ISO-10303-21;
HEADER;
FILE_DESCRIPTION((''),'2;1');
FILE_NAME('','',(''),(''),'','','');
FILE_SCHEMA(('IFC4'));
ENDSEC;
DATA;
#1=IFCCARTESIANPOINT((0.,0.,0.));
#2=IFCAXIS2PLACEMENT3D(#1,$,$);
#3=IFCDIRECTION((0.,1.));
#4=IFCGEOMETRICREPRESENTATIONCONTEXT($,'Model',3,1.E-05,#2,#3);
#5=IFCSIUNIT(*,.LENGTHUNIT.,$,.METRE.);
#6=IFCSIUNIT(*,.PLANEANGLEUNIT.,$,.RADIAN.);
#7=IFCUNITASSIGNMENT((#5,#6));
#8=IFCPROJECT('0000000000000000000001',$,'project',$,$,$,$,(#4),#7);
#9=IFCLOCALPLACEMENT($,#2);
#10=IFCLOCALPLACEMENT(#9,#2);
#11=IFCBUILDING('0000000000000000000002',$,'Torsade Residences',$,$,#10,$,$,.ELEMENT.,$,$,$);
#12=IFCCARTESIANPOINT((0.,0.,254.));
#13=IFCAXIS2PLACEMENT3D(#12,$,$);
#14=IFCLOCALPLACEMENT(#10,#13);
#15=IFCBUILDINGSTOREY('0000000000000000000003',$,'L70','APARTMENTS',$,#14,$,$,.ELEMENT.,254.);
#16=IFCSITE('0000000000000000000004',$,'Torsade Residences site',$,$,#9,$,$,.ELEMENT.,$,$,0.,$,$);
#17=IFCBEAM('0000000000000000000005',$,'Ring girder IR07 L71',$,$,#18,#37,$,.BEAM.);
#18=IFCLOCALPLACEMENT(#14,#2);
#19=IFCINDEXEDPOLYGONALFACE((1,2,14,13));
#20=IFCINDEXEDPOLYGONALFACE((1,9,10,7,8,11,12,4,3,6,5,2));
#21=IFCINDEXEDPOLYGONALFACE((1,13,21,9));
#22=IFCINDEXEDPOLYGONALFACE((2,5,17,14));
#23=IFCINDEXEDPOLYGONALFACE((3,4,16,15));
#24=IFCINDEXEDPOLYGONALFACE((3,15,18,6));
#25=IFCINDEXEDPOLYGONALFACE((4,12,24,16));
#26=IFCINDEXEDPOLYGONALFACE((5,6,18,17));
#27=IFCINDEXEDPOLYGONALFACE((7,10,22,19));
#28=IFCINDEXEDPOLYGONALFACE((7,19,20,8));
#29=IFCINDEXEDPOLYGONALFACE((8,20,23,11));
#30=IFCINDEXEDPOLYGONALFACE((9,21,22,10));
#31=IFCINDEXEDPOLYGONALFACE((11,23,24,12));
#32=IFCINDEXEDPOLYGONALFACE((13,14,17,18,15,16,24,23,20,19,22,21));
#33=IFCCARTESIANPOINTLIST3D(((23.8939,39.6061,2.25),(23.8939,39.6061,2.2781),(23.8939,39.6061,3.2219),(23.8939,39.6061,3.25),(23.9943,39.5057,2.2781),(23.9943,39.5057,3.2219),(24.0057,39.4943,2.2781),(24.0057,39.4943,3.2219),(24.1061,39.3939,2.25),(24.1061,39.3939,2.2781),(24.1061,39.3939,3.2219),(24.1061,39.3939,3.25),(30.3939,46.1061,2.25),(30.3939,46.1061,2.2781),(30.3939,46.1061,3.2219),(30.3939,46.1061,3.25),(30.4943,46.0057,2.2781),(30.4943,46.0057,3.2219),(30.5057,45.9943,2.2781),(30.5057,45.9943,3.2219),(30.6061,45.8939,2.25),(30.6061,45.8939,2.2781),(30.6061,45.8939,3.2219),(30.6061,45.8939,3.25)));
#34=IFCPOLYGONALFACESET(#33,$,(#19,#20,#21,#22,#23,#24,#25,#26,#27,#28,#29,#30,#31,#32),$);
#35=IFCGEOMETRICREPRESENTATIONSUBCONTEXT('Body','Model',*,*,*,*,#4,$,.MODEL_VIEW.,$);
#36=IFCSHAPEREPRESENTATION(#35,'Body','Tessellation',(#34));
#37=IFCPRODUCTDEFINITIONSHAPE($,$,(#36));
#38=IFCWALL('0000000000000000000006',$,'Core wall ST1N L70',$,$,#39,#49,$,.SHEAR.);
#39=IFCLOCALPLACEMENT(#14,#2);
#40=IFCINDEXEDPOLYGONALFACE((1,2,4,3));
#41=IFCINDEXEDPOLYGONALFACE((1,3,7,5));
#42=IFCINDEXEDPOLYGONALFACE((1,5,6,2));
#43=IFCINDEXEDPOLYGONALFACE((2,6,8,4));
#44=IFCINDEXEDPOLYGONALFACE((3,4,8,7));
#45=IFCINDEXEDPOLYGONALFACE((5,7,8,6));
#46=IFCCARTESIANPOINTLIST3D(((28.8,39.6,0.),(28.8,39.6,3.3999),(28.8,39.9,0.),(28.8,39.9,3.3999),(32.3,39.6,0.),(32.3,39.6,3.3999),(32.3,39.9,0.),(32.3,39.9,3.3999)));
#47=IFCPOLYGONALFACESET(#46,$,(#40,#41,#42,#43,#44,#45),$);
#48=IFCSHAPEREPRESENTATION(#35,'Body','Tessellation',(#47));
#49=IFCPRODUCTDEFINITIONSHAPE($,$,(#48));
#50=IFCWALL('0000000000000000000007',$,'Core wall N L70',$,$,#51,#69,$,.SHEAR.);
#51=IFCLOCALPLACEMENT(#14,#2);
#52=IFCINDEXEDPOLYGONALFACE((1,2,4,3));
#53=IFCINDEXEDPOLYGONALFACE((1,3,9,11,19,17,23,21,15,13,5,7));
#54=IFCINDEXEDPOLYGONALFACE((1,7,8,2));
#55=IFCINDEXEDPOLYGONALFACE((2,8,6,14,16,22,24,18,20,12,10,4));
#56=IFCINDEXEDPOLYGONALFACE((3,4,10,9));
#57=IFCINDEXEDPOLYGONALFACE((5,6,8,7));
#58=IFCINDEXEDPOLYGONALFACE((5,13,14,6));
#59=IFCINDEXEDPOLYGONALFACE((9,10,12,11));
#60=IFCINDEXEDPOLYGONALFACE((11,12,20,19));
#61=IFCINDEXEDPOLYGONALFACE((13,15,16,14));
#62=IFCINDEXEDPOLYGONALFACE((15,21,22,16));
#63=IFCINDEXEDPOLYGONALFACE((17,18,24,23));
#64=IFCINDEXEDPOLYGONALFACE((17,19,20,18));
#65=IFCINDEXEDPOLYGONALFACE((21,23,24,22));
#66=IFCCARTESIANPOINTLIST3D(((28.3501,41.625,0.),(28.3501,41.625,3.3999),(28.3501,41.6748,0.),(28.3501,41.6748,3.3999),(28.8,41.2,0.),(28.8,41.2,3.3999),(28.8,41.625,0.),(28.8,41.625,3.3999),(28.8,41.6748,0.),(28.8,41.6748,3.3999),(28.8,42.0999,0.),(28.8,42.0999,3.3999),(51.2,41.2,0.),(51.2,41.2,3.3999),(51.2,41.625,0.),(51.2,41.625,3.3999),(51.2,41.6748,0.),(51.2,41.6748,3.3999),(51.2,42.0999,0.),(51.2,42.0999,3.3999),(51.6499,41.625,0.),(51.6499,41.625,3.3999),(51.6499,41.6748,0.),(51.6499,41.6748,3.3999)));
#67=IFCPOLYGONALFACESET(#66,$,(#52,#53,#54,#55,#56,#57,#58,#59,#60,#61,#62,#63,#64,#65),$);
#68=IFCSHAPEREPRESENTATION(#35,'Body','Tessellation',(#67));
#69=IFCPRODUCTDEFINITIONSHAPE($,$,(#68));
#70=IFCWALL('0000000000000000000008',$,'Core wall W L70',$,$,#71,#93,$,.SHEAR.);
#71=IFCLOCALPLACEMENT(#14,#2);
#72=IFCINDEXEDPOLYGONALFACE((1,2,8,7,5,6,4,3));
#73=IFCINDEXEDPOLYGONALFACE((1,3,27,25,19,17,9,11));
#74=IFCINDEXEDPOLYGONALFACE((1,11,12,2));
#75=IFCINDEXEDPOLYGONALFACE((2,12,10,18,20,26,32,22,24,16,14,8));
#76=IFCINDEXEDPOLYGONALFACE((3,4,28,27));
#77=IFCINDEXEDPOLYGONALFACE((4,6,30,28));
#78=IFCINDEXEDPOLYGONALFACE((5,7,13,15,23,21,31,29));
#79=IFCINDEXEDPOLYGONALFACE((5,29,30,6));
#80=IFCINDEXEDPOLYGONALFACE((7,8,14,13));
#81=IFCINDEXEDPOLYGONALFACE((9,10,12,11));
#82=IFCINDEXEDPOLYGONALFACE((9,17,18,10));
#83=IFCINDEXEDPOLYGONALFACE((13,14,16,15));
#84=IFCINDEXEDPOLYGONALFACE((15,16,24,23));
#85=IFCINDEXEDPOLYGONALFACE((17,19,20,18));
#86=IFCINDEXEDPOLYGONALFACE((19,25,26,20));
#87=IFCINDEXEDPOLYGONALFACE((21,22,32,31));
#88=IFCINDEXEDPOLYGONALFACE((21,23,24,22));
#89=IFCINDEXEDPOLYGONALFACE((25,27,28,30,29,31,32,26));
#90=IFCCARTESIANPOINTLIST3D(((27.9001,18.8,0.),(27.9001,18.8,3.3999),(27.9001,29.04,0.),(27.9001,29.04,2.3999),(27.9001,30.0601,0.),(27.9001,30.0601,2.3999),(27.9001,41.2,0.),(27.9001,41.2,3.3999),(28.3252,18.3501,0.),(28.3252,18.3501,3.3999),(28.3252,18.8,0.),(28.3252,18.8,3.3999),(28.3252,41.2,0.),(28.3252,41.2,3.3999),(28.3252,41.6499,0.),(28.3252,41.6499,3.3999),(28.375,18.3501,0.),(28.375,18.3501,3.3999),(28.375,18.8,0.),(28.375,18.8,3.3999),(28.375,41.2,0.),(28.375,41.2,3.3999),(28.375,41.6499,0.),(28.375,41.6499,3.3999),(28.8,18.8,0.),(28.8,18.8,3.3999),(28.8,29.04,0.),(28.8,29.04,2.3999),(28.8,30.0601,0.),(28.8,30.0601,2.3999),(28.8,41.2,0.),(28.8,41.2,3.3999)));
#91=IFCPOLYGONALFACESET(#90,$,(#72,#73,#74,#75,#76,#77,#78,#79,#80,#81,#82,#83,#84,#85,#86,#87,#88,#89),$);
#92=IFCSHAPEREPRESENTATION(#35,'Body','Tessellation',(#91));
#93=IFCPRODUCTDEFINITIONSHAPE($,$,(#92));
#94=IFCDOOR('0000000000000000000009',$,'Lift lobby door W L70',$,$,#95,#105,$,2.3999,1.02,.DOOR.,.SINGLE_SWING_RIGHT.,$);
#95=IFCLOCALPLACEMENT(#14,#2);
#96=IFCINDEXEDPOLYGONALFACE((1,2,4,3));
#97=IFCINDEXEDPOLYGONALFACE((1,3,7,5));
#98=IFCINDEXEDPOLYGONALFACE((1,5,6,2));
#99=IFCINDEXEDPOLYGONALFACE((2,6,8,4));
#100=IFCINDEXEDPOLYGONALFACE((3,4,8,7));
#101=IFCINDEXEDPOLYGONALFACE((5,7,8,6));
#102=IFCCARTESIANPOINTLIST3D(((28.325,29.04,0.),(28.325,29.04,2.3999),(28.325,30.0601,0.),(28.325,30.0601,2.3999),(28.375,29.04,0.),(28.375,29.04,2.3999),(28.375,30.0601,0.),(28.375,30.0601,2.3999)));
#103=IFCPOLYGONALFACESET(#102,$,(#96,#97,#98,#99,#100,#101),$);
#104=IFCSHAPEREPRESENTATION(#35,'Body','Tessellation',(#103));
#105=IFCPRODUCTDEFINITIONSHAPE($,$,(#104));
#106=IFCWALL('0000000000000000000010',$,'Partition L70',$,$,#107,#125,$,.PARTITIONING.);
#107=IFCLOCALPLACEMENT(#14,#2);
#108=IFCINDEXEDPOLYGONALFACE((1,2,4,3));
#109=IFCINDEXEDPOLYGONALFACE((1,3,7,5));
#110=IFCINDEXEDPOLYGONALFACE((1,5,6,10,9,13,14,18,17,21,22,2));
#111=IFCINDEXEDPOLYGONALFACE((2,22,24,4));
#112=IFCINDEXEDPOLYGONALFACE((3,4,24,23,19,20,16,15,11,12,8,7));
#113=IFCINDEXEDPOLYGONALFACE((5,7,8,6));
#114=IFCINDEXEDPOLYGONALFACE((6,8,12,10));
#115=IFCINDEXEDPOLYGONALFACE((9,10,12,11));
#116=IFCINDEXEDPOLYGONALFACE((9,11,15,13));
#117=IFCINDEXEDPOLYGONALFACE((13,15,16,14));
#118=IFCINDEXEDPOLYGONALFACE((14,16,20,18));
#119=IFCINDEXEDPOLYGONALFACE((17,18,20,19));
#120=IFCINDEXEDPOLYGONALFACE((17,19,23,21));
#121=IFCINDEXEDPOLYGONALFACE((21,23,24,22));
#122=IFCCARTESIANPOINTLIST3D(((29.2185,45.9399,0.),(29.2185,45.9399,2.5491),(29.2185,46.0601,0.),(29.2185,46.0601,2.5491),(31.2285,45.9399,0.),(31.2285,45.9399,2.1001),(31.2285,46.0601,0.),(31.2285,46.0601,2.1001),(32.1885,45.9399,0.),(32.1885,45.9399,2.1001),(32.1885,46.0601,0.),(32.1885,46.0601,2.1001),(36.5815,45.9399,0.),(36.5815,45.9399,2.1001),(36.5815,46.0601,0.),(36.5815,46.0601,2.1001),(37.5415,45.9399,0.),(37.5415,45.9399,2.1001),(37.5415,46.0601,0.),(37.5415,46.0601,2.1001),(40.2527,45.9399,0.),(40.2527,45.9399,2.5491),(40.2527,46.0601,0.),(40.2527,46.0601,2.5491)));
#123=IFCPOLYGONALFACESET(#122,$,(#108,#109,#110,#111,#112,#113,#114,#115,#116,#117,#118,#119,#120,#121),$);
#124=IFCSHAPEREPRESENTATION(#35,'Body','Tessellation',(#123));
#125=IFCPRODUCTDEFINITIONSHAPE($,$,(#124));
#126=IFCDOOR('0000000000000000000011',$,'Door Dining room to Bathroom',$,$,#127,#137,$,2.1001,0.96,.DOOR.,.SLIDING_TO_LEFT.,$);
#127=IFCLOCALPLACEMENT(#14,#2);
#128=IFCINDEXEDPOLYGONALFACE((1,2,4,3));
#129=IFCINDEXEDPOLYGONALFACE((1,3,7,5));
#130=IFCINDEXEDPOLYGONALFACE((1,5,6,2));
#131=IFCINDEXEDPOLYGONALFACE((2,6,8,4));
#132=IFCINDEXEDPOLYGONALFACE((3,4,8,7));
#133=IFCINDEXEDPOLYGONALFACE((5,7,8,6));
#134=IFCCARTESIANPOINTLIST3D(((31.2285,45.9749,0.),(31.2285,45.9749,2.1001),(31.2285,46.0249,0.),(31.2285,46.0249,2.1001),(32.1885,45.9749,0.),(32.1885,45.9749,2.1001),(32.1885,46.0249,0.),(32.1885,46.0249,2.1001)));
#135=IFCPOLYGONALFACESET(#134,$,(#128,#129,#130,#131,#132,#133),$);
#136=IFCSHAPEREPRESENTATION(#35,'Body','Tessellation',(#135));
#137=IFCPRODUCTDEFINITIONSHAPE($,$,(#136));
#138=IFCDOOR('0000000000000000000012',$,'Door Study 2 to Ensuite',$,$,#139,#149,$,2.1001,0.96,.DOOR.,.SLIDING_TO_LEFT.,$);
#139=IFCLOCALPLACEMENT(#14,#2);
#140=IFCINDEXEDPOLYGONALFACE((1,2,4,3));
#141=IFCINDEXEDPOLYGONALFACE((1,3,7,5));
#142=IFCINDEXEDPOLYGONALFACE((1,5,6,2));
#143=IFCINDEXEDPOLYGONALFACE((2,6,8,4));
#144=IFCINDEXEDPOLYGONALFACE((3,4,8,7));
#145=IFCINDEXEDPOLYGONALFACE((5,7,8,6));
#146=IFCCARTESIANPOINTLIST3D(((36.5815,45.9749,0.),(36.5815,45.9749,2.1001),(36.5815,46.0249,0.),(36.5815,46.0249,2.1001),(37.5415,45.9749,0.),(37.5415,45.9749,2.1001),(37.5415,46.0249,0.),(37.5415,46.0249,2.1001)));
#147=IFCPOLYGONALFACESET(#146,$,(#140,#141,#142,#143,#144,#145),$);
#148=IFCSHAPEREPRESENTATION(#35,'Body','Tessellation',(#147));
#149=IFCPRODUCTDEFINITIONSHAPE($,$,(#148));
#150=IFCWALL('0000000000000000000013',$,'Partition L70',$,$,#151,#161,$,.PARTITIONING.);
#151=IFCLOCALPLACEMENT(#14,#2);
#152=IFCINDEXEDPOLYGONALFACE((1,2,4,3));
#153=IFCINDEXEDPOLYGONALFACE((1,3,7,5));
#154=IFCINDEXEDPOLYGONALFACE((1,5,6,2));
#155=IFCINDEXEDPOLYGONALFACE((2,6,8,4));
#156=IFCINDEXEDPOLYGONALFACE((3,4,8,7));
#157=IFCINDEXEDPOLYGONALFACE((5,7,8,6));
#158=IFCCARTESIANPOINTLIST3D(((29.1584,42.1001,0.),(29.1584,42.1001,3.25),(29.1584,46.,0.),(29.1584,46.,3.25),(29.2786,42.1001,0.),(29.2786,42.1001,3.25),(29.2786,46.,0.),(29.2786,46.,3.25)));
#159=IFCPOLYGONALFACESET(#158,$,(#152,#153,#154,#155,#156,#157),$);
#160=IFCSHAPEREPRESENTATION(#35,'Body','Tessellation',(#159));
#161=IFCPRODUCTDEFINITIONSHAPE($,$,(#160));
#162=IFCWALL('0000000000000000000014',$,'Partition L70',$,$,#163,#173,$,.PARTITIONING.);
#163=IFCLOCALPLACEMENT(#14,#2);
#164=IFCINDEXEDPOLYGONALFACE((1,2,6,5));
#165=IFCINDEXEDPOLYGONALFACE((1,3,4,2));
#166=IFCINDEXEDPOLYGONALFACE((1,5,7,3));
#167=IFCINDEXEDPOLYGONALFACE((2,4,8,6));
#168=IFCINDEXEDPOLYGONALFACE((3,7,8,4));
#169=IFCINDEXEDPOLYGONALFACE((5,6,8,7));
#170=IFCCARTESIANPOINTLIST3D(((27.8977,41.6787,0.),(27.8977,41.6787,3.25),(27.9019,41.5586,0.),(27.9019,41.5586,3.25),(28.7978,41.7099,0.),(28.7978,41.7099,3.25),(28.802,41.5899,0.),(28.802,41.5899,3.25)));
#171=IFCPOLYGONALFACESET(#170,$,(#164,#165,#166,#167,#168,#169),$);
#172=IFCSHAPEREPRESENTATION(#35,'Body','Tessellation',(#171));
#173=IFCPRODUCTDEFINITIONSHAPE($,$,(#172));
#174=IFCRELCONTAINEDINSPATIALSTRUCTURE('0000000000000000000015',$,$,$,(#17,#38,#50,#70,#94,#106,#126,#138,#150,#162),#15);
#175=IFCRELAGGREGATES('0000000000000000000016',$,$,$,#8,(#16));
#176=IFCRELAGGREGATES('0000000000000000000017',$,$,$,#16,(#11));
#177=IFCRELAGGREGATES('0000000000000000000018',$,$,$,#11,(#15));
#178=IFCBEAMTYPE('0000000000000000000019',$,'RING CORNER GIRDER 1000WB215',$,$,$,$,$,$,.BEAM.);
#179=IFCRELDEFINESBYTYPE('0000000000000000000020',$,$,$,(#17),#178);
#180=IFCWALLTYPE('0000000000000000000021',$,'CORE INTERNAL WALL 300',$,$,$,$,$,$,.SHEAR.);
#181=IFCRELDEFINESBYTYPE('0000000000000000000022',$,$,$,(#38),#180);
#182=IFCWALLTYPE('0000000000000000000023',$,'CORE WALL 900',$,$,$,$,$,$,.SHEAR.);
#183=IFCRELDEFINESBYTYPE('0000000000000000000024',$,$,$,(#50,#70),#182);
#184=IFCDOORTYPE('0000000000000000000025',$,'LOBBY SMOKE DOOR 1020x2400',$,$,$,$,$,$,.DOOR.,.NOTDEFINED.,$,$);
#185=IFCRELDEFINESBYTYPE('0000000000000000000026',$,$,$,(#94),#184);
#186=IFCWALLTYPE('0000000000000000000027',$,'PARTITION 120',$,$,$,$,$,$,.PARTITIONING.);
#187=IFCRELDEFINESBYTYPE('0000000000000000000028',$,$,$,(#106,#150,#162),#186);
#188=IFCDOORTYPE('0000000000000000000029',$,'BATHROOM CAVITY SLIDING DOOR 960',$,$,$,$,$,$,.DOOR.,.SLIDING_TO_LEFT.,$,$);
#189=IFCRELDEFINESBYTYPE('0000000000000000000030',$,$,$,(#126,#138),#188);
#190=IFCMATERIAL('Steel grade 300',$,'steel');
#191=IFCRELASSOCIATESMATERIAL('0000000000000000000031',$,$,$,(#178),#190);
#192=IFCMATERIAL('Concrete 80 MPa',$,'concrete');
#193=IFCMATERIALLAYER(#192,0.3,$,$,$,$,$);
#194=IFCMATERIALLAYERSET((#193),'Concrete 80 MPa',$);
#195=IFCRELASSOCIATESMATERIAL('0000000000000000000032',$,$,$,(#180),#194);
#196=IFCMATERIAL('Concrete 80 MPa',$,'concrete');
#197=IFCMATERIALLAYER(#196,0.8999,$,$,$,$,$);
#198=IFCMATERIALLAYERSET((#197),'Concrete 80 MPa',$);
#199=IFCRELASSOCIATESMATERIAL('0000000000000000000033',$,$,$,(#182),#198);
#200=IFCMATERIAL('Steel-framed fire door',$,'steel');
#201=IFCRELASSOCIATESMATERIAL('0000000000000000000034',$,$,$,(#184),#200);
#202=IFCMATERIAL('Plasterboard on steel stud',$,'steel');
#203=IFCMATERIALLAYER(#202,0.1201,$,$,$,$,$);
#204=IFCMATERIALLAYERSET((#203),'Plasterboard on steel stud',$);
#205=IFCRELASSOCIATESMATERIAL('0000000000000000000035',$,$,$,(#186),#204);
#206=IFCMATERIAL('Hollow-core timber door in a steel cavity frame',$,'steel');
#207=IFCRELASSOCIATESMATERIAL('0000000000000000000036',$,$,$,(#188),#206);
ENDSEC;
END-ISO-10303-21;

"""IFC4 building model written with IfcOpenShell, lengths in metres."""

from ifc_helpers import new_model, si_unit, direction, frame, frame_2d, origin, origin_2d, place, context, subcontext, project, spatial, polyline, rectangle, i_section, outline, extrude, material, layer, layer_set, material_profile, profile_set, type_object, element, fill, save


model = new_model("IFC4")

# Units and contexts
model_context = context("Model", 3, precision=1e-05, world=origin(), true_north=direction((0.0, 1.0)))
body_context = subcontext(model_context, "Body", "Model", "MODEL_VIEW")
ifc_project = project(units=[si_unit("LENGTHUNIT", "METRE"), si_unit("PLANEANGLEUNIT", "RADIAN")], contexts=[model_context])

# Site, building, storey
site_placement = place(None, origin())
site = spatial("IfcSite", under=ifc_project, at=site_placement, Name="Torsade Residences site", CompositionType="ELEMENT", RefElevation=0.0)
building_placement = place(site_placement, origin())
building = spatial("IfcBuilding", under=site, at=building_placement, Name="Torsade Residences", CompositionType="ELEMENT")
storey_placement = place(building_placement, frame((0.0, 0.0, 254.0)))
storey = spatial("IfcBuildingStorey", under=building, at=storey_placement, Name="L70", Description="APARTMENTS", CompositionType="ELEMENT", Elevation=254.0)

# Beam
ifc_material_1 = material(Name="Steel grade 300", Category="steel")
ifc_material_profile_1 = material_profile(ifc_material_1, i_section(OverallWidth=0.3, OverallDepth=1.0, WebThickness=0.0161, FlangeThickness=0.0281, at=origin_2d()), Name="1000WB215")
ifc_profile_set_1 = profile_set([ifc_material_profile_1], Name="Steel grade 300")
beam_type_1 = type_object("IfcBeamType", Name="RING CORNER GIRDER 1000WB215", PredefinedType="BEAM", material=ifc_profile_set_1)
beam_1_placement = place(storey_placement, frame((30.5, 46.0, 2.75), z_axis=(-0.707107, -0.707107, 0.0), x_axis=(0.707107, -0.707107, 0.0)))
element("IfcBeam", 1, at=beam_1_placement, inside=storey, type_object=beam_type_1, Name="Ring girder IR07 L71", PredefinedType="BEAM", context=body_context, shape_type="SweptSolid", body=[
    extrude(i_section(OverallWidth=0.3, OverallDepth=1.0, WebThickness=0.0161, FlangeThickness=0.0281, at=origin_2d()), origin(), (0.0, 0.0, 1.0), 9.1924),
])

# Walls
ifc_material_2 = material(Name="Concrete 80 MPa", Category="concrete")
ifc_layer_1 = layer(ifc_material_2, 0.3)
ifc_layer_set_1 = layer_set([ifc_layer_1], Name="Concrete 80 MPa")
wall_type_1 = type_object("IfcWallType", Name="CORE INTERNAL WALL 300", PredefinedType="SHEAR", material=ifc_layer_set_1)
wall_1_placement = place(storey_placement, frame((28.8, 39.75, 0.0), z_axis=(0.0, 0.0, 1.0), x_axis=(1.0, 0.0, 0.0)))
element("IfcWall", 2, at=wall_1_placement, inside=storey, type_object=wall_type_1, Name="Core wall ST1N L70", PredefinedType="SHEAR", context=body_context, shape_type="SweptSolid", body=[
    extrude(rectangle(XDim=3.5, YDim=0.3, at=frame_2d((1.75, 0.0))), origin(), (0.0, 0.0, 1.0), 3.3999),
])
ifc_material_3 = material(Name="Concrete 80 MPa", Category="concrete")
ifc_layer_2 = layer(ifc_material_3, 0.8999)
ifc_layer_set_2 = layer_set([ifc_layer_2], Name="Concrete 80 MPa")
wall_type_2 = type_object("IfcWallType", Name="CORE WALL 900", PredefinedType="SHEAR", material=ifc_layer_set_2)
wall_2_placement = place(storey_placement, frame((28.8, 41.6499, 0.0), z_axis=(0.0, 0.0, 1.0), x_axis=(1.0, 0.0, 0.0)))
element("IfcWall", 3, at=wall_2_placement, inside=storey, type_object=wall_type_2, Name="Core wall N L70", PredefinedType="SHEAR", context=body_context, shape_type="SweptSolid", body=[
    extrude(outline(polyline([(0.0, -0.45), (22.3999, -0.45), (22.3999, -0.0249), (22.8499, -0.0249), (22.8499, 0.0249), (22.3999, 0.0249), (22.3999, 0.45), (0.0, 0.45), (0.0, 0.0249), (-0.45, 0.0249), (-0.45, -0.0249), (0.0, -0.0249), (0.0, -0.45)])), origin(), (0.0, 0.0, 1.0), 3.3999),
])

# Wall, opening, door
wall_3_placement = place(storey_placement, frame((28.3501, 41.2, 0.0), z_axis=(0.0, 0.0, 1.0), x_axis=(0.0, -1.0, 0.0)))
wall_3 = element("IfcWall", 4, at=wall_3_placement, inside=storey, type_object=wall_type_2, Name="Core wall W L70", PredefinedType="SHEAR", context=body_context, shape_type="SweptSolid", body=[
    extrude(outline(polyline([(0.0, -0.45), (22.3999, -0.45), (22.3999, -0.0249), (22.8499, -0.0249), (22.8499, 0.0249), (22.3999, 0.0249), (22.3999, 0.45), (0.0, 0.45), (0.0, 0.0249), (-0.45, 0.0249), (-0.45, -0.0249), (0.0, -0.0249), (0.0, -0.45)])), origin(), (0.0, 0.0, 1.0), 3.3999),
])
opening_1_placement = place(wall_3_placement, frame((11.1399, 0.0, 0.0)))
opening_1 = element("IfcOpeningElement", 5, at=opening_1_placement, cuts=wall_3, PredefinedType="OPENING", context=body_context, shape_type="SweptSolid", body=[
    extrude(rectangle(XDim=1.02, YDim=2.3999, at=frame_2d((0.51, 1.2))), frame((0.0, 0.46, 0.0), z_axis=(0.0, -1.0, 0.0), x_axis=(1.0, 0.0, 0.0)), (0.0, 0.0, 1.0), 0.9199),
])
ifc_material_4 = material(Name="Steel-framed fire door", Category="steel")
door_type_1 = type_object("IfcDoorType", Name="LOBBY SMOKE DOOR 1020x2400", OperationType="NOTDEFINED", PredefinedType="DOOR", material=ifc_material_4)
door_1_placement = place(opening_1_placement, origin())
door_1 = element("IfcDoor", 6, at=door_1_placement, inside=storey, type_object=door_type_1, Name="Lift lobby door W L70", OperationType="SINGLE_SWING_RIGHT", OverallHeight=2.3999, OverallWidth=1.02, PredefinedType="DOOR", context=body_context, shape_type="SweptSolid", body=[
    extrude(rectangle(XDim=1.02, YDim=2.3999, at=frame_2d((0.51, 1.2))), frame((0.0, 0.0249, 0.0), z_axis=(0.0, -1.0, 0.0), x_axis=(1.0, 0.0, 0.0)), (0.0, 0.0, 1.0), 0.05),
])
fill(opening_1, door_1)

# Wall, openings, doors
ifc_material_5 = material(Name="Plasterboard on steel stud", Category="steel")
ifc_layer_3 = layer(ifc_material_5, 0.1201)
ifc_layer_set_3 = layer_set([ifc_layer_3], Name="Plasterboard on steel stud")
wall_type_3 = type_object("IfcWallType", Name="PARTITION 120", PredefinedType="PARTITIONING", material=ifc_layer_set_3)
wall_4_placement = place(storey_placement, frame((29.2185, 46.0, 0.0), z_axis=(0.0, 0.0, 1.0), x_axis=(1.0, 0.0, 0.0)))
wall_4 = element("IfcWall", 7, at=wall_4_placement, inside=storey, type_object=wall_type_3, Name="Partition L70", PredefinedType="PARTITIONING", context=body_context, shape_type="SweptSolid", body=[
    extrude(rectangle(XDim=11.0342, YDim=0.1201, at=frame_2d((5.5171, 0.0))), origin(), (0.0, 0.0, 1.0), 2.5491),
])
opening_2_placement = place(wall_4_placement, frame((2.01, 0.0, 0.0)))
opening_2 = element("IfcOpeningElement", 8, at=opening_2_placement, cuts=wall_4, PredefinedType="OPENING", context=body_context, shape_type="SweptSolid", body=[
    extrude(rectangle(XDim=0.96, YDim=2.1001, at=frame_2d((0.48, 1.05))), frame((0.0, 0.0701, 0.0), z_axis=(0.0, -1.0, 0.0), x_axis=(1.0, 0.0, 0.0)), (0.0, 0.0, 1.0), 0.1401),
])
opening_3_placement = place(wall_4_placement, frame((7.363, 0.0, 0.0)))
opening_3 = element("IfcOpeningElement", 9, at=opening_3_placement, cuts=wall_4, PredefinedType="OPENING", context=body_context, shape_type="SweptSolid", body=[
    extrude(rectangle(XDim=0.96, YDim=2.1001, at=frame_2d((0.48, 1.05))), frame((0.0, 0.0701, 0.0), z_axis=(0.0, -1.0, 0.0), x_axis=(1.0, 0.0, 0.0)), (0.0, 0.0, 1.0), 0.1401),
])
ifc_material_6 = material(Name="Hollow-core timber door in a steel cavity frame", Category="steel")
door_type_2 = type_object("IfcDoorType", Name="BATHROOM CAVITY SLIDING DOOR 960", OperationType="SLIDING_TO_LEFT", PredefinedType="DOOR", material=ifc_material_6)
door_2_placement = place(opening_2_placement, origin())
door_2 = element("IfcDoor", 10, at=door_2_placement, inside=storey, type_object=door_type_2, Name="Door Dining room to Bathroom", OperationType="SLIDING_TO_LEFT", OverallHeight=2.1001, OverallWidth=0.96, PredefinedType="DOOR", context=body_context, shape_type="SweptSolid", body=[
    extrude(rectangle(XDim=0.96, YDim=2.1001, at=frame_2d((0.48, 1.05))), frame((0.0, 0.0249, 0.0), z_axis=(0.0, -1.0, 0.0), x_axis=(1.0, 0.0, 0.0)), (0.0, 0.0, 1.0), 0.05),
])
fill(opening_2, door_2)
door_3_placement = place(opening_3_placement, origin())
door_3 = element("IfcDoor", 11, at=door_3_placement, inside=storey, type_object=door_type_2, Name="Door Study 2 to Ensuite", OperationType="SLIDING_TO_LEFT", OverallHeight=2.1001, OverallWidth=0.96, PredefinedType="DOOR", context=body_context, shape_type="SweptSolid", body=[
    extrude(rectangle(XDim=0.96, YDim=2.1001, at=frame_2d((0.48, 1.05))), frame((0.0, 0.0249, 0.0), z_axis=(0.0, -1.0, 0.0), x_axis=(1.0, 0.0, 0.0)), (0.0, 0.0, 1.0), 0.05),
])
fill(opening_3, door_3)

# Walls
wall_5_placement = place(storey_placement, frame((29.2185, 42.1001, 0.0), z_axis=(0.0, 0.0, 1.0), x_axis=(0.0, 1.0, 0.0)))
element("IfcWall", 12, at=wall_5_placement, inside=storey, type_object=wall_type_3, Name="Partition L70", PredefinedType="PARTITIONING", context=body_context, shape_type="SweptSolid", body=[
    extrude(rectangle(XDim=3.8999, YDim=0.1201, at=frame_2d((1.95, 0.0))), origin(), (0.0, 0.0, 1.0), 3.25),
])
wall_6_placement = place(storey_placement, frame((27.8999, 41.6187, 0.0), z_axis=(0.0, 0.0, 1.0), x_axis=(0.999398, 0.034696, 0.0)))
element("IfcWall", 13, at=wall_6_placement, inside=storey, type_object=wall_type_3, Name="Partition L70", PredefinedType="PARTITIONING", context=body_context, shape_type="SweptSolid", body=[
    extrude(rectangle(XDim=0.9006, YDim=0.1201, at=frame_2d((0.4502, 0.0))), origin(), (0.0, 0.0, 1.0), 3.25),
])

save(model, "model.ifc")
